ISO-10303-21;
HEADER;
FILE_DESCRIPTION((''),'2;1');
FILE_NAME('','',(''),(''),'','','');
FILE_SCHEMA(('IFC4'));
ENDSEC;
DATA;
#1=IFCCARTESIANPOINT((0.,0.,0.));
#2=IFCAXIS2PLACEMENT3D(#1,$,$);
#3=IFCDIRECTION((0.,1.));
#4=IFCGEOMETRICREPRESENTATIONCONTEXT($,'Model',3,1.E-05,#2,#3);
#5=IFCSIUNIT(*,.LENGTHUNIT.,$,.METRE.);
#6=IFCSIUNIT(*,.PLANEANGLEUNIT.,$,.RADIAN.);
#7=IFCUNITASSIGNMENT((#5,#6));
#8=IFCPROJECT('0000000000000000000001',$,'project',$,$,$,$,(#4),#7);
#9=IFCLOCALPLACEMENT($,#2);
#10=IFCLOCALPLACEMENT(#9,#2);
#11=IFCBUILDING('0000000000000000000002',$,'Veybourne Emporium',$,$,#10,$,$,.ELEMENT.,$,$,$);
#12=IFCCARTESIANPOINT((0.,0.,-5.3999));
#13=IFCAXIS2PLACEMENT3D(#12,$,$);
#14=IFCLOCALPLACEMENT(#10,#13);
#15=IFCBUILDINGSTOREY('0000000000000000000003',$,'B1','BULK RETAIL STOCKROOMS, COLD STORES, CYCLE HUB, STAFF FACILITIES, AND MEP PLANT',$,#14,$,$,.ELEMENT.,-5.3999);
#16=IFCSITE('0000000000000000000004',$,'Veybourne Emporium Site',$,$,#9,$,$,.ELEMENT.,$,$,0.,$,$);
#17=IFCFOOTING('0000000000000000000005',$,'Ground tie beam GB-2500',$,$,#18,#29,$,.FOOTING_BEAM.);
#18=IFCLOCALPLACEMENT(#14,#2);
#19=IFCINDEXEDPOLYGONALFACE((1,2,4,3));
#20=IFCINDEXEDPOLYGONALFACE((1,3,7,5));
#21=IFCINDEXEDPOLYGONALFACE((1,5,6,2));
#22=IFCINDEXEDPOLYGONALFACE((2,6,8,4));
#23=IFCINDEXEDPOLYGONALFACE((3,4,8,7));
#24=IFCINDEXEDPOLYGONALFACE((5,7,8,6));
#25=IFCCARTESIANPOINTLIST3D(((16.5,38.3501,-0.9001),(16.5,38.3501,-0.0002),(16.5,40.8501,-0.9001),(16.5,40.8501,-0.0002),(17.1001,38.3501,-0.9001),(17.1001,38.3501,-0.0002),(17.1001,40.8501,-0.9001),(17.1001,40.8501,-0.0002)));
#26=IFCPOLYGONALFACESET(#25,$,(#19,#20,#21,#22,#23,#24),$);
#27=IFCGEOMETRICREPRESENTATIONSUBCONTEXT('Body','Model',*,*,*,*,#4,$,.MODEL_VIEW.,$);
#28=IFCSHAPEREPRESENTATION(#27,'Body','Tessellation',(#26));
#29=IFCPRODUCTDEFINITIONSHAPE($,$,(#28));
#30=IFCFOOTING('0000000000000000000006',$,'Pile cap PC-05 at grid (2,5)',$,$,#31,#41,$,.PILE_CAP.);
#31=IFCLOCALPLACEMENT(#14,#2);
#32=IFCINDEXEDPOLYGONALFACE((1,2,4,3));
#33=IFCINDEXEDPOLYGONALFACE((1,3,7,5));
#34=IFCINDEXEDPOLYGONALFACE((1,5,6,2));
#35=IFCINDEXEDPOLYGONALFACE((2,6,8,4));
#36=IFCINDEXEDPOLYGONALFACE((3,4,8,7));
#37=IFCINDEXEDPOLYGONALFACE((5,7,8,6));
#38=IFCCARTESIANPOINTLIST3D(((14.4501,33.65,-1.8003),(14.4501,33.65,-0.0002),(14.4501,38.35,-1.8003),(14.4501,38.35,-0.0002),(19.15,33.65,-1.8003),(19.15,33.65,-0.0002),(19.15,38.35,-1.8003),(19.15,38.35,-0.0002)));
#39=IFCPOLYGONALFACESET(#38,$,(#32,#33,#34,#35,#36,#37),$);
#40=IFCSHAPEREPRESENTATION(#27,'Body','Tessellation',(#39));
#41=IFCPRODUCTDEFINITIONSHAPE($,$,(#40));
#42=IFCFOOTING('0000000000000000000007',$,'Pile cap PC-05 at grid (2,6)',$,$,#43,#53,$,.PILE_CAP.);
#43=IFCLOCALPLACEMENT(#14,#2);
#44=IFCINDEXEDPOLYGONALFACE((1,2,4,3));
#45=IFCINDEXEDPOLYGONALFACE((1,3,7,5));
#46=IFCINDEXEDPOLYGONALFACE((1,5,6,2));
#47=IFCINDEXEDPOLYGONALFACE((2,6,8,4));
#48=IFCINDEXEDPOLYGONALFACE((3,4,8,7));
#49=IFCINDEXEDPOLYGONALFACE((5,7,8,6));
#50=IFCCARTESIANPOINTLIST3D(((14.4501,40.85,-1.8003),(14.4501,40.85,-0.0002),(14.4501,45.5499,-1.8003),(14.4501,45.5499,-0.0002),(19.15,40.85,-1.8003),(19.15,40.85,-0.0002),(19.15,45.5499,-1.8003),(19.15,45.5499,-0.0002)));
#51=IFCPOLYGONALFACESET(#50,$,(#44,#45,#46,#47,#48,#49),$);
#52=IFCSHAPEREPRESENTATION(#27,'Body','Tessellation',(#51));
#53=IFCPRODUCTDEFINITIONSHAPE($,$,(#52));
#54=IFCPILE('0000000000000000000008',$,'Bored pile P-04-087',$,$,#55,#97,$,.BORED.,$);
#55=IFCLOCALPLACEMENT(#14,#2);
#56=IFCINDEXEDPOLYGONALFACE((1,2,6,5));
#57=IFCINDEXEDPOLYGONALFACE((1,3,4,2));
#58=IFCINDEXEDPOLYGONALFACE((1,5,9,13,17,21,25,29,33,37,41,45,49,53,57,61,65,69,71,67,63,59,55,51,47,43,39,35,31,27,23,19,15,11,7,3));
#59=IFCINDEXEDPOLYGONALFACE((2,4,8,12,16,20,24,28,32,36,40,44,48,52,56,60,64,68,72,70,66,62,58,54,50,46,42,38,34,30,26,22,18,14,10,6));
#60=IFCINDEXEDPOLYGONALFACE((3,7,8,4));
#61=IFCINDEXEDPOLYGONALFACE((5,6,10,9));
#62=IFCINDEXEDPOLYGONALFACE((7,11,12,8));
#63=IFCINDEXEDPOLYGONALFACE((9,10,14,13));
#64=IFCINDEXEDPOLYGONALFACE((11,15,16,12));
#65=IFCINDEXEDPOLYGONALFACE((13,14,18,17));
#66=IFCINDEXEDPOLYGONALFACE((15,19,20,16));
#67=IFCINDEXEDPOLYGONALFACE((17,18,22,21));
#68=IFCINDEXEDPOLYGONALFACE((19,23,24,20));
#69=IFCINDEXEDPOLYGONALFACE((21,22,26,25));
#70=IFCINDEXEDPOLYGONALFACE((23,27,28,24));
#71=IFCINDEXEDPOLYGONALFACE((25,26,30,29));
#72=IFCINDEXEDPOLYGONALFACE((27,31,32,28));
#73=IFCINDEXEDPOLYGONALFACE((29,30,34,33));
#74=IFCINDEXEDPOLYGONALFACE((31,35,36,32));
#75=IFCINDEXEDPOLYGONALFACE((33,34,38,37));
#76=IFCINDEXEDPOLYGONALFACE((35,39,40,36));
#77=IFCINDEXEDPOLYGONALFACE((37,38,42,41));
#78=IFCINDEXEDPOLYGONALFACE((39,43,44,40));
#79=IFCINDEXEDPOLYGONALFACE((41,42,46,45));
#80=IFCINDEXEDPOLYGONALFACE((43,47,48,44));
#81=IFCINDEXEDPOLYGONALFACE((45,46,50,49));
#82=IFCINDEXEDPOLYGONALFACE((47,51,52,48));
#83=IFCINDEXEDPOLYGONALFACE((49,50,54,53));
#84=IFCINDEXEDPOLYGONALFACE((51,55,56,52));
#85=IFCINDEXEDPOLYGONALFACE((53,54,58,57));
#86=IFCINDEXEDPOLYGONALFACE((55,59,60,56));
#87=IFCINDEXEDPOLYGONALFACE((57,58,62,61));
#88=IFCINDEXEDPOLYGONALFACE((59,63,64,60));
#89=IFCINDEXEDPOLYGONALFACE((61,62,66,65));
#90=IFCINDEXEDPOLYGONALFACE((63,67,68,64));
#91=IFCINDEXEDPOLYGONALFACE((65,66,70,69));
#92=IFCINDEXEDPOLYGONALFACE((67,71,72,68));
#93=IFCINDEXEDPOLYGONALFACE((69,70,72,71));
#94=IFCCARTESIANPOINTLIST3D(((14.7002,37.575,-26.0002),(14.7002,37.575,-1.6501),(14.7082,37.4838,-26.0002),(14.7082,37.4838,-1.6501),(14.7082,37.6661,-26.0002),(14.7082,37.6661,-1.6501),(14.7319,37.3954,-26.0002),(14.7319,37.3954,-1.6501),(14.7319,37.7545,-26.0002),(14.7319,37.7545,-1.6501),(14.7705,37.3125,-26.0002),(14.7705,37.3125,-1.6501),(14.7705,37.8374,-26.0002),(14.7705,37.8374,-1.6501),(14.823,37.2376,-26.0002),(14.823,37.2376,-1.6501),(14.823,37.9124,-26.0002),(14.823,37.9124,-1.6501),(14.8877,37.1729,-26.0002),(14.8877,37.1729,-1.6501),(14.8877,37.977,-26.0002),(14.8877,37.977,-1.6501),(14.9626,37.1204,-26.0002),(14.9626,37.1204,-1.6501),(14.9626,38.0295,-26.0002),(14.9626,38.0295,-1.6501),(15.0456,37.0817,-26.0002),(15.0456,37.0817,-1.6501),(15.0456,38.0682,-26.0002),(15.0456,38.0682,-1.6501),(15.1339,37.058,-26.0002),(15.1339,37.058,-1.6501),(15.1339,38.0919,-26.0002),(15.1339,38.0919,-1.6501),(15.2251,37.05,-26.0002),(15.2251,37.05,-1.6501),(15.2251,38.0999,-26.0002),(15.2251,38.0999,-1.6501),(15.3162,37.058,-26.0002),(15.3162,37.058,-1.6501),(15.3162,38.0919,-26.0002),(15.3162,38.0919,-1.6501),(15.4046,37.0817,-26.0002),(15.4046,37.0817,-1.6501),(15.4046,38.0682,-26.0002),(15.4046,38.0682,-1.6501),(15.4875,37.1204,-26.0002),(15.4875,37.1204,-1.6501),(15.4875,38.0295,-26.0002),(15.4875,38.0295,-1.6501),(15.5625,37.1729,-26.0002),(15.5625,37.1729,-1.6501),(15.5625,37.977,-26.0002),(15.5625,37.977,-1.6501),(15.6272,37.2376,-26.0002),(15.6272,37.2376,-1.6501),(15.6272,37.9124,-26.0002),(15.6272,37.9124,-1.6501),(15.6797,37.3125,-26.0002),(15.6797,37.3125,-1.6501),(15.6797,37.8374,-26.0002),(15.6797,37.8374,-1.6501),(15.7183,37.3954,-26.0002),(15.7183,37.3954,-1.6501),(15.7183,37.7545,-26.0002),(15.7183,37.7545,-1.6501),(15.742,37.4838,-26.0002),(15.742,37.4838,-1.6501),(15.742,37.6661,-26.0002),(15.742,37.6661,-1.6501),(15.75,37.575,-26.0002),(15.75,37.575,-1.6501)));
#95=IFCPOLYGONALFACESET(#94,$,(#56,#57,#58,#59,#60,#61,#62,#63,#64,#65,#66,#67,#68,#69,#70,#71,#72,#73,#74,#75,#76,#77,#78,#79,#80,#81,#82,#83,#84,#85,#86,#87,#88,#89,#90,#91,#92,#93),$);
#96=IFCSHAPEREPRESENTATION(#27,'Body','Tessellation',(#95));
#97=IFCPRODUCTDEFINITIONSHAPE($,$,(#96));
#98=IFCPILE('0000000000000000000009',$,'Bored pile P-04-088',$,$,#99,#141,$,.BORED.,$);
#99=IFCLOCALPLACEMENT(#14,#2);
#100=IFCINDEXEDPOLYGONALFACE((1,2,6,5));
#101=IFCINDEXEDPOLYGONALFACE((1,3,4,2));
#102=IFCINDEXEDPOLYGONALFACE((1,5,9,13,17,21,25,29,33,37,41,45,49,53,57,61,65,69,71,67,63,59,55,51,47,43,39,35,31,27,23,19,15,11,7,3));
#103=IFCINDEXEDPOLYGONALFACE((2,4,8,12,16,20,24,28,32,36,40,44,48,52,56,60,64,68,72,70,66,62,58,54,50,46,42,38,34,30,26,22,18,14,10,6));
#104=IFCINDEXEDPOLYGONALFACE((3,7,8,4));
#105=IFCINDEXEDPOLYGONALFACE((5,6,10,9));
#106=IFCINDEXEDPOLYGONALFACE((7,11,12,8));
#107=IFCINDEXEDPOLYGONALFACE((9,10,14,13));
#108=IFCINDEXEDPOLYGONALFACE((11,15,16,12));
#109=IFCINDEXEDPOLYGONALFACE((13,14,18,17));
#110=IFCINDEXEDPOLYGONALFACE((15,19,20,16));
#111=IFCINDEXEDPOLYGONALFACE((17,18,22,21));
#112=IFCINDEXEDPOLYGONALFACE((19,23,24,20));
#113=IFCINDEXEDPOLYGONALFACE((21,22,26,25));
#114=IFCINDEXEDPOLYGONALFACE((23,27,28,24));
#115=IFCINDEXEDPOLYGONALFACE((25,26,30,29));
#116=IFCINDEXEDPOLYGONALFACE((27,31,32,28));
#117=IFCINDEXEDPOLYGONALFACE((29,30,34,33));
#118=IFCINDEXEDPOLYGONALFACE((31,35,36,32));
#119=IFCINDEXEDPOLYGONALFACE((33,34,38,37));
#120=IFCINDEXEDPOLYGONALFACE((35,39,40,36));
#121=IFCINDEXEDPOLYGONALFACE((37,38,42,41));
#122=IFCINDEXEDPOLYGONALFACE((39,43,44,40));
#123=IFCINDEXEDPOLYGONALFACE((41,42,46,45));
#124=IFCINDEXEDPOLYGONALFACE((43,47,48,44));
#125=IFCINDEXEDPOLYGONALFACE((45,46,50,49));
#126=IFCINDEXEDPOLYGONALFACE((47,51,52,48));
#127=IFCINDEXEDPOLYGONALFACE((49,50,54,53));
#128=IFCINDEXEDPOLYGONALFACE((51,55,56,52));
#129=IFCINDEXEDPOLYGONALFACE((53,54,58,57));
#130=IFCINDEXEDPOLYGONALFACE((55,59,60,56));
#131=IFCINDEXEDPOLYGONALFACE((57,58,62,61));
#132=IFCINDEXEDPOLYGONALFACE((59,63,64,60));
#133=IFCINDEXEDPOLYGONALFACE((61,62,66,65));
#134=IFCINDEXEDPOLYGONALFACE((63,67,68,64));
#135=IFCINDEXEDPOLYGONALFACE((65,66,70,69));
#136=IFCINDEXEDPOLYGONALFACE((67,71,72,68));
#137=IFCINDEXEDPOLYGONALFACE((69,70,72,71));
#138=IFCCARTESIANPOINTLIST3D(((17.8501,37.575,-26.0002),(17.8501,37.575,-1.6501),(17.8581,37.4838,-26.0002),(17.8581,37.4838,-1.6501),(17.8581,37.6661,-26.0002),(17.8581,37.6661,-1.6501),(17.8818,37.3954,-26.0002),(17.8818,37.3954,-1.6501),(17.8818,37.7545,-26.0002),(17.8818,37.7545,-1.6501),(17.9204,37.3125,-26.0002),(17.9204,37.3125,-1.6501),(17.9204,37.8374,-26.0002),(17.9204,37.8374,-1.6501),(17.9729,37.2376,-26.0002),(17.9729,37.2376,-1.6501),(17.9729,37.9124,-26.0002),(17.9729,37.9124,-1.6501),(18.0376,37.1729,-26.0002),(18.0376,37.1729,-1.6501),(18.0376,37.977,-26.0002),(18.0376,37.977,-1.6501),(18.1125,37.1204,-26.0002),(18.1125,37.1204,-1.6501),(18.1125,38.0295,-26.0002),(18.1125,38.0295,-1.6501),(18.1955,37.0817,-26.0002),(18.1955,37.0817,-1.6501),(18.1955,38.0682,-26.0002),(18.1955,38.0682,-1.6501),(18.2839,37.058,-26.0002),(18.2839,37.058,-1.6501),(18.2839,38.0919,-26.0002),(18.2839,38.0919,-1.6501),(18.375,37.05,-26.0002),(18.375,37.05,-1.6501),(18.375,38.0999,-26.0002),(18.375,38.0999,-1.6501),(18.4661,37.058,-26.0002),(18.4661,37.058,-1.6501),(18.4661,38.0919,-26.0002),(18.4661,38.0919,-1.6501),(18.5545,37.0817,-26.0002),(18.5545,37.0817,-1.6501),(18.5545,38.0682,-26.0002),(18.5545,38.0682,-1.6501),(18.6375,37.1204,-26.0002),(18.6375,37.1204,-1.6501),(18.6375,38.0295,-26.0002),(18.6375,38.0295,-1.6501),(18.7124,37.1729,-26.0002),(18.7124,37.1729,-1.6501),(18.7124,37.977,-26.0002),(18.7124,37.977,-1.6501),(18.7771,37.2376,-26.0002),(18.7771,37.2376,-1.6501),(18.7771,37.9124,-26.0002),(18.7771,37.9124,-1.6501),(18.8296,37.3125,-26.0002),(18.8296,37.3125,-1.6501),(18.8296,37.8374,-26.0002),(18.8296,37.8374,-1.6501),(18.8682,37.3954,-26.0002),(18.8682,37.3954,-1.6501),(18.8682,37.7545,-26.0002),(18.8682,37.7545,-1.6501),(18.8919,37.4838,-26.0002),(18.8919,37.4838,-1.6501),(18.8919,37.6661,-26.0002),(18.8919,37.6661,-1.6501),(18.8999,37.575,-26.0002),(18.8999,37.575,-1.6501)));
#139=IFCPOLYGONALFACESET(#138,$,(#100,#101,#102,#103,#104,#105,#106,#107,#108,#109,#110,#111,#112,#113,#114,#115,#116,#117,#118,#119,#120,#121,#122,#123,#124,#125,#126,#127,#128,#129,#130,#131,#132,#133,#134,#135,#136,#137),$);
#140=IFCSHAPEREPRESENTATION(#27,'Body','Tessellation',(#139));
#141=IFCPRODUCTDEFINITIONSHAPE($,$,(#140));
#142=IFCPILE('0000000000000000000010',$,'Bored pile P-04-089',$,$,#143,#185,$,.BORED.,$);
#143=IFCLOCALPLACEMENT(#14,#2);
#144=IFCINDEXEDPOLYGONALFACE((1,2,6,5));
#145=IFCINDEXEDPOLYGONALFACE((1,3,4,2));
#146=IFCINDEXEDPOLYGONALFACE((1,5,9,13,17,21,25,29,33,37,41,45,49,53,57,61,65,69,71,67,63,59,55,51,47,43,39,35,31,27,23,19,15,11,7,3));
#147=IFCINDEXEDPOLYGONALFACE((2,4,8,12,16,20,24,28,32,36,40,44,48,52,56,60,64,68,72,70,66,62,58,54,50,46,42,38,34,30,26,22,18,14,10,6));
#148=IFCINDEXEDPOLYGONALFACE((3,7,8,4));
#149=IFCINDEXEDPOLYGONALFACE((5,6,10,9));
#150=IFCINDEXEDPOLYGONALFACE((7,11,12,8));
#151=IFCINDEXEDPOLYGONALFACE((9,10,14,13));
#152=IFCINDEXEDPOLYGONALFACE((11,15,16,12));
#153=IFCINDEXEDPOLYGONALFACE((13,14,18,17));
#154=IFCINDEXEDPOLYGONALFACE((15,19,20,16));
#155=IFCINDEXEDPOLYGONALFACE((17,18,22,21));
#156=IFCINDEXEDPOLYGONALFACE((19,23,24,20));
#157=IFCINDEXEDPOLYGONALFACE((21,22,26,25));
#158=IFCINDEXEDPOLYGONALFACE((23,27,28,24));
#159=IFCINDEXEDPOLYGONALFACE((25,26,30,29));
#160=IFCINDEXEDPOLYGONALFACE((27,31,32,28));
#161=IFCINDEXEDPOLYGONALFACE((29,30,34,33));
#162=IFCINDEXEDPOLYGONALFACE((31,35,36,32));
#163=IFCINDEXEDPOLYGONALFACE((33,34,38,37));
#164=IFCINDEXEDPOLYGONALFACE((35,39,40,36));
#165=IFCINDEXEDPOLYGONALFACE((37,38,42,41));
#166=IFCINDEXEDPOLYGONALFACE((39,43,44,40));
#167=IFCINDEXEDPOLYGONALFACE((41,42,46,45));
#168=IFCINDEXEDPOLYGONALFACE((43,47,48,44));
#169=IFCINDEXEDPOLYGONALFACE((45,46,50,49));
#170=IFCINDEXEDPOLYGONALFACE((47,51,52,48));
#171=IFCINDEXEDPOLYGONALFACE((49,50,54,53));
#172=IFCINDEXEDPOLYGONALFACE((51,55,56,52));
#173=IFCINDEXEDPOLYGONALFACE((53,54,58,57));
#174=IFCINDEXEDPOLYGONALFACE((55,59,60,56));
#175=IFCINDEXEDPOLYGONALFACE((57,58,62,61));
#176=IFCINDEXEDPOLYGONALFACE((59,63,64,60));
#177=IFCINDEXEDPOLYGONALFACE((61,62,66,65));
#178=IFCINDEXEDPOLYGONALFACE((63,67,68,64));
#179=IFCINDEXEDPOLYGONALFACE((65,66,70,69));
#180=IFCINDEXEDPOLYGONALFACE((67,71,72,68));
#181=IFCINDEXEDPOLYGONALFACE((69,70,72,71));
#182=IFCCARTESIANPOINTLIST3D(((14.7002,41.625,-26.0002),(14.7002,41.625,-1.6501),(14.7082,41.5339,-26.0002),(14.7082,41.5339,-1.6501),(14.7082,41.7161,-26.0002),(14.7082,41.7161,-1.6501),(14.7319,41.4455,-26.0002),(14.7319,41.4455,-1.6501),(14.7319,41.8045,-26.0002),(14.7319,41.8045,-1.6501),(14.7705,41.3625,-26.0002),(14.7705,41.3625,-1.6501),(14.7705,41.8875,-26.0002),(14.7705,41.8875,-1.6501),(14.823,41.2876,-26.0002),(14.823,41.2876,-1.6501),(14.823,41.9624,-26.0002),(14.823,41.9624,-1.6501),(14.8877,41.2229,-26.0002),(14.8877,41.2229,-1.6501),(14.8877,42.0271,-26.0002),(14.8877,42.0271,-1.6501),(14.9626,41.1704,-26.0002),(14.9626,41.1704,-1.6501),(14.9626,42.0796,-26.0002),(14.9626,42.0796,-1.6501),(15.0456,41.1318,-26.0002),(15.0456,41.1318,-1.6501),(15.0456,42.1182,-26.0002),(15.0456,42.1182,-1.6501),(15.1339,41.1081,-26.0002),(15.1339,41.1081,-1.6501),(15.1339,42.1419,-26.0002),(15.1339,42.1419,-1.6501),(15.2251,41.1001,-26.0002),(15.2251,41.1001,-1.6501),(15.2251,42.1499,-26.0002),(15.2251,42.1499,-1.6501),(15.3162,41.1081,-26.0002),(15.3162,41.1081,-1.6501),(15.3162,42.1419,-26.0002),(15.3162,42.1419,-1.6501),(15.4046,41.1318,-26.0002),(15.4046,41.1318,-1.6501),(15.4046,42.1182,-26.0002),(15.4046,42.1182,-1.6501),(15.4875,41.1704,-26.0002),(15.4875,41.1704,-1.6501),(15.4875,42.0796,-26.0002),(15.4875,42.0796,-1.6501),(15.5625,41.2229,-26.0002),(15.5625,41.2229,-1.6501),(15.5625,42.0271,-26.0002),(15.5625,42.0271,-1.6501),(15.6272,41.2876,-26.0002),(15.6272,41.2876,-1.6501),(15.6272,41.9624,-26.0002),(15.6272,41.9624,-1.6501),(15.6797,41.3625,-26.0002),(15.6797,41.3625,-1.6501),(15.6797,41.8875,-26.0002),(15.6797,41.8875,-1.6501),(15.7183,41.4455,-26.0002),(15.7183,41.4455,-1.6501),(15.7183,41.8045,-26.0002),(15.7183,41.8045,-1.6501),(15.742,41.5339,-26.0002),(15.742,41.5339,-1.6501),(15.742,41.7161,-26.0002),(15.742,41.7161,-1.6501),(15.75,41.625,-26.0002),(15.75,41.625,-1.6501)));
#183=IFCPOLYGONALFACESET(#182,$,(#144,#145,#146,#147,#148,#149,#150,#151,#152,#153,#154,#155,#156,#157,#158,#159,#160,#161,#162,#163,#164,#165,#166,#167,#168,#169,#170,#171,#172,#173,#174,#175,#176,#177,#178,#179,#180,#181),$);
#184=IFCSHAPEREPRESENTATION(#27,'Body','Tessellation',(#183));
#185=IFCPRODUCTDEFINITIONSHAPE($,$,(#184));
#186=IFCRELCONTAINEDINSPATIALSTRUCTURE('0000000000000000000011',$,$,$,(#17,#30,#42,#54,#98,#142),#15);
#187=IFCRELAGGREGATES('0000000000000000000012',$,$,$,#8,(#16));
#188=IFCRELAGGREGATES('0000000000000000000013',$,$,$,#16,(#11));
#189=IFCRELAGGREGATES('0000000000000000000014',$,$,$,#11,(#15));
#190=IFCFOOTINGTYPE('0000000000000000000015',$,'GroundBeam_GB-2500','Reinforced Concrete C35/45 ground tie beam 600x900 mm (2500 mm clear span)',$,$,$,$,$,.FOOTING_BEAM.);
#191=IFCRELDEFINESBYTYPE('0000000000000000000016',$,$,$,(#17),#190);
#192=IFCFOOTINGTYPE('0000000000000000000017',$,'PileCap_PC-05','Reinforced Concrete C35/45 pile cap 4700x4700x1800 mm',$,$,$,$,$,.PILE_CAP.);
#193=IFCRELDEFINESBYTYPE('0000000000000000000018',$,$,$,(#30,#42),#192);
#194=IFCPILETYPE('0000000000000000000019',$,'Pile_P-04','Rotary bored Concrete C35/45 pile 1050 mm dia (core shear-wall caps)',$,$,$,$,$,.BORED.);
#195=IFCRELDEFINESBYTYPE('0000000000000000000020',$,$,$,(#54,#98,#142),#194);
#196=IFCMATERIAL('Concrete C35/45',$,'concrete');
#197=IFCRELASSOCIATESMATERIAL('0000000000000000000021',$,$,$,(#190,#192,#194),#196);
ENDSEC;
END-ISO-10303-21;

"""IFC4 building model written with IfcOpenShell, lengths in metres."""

from ifc_helpers import new_model, si_unit, direction, frame, origin, origin_2d, place, context, subcontext, project, spatial, rectangle, circle, extrude, material, material_profile, profile_set, type_object, element, save


model = new_model("IFC4")

# Units and contexts
model_context = context("Model", 3, precision=1e-05, world=origin(), true_north=direction((0.0, 1.0)))
body_context = subcontext(model_context, "Body", "Model", "MODEL_VIEW")
ifc_project = project(units=[si_unit("LENGTHUNIT", "METRE"), si_unit("PLANEANGLEUNIT", "RADIAN")], contexts=[model_context])

# Site, building, storey
site_placement = place(None, origin())
site = spatial("IfcSite", under=ifc_project, at=site_placement, Name="Veybourne Emporium Site", CompositionType="ELEMENT", RefElevation=0.0)
building_placement = place(site_placement, origin())
building = spatial("IfcBuilding", under=site, at=building_placement, Name="Veybourne Emporium", CompositionType="ELEMENT")
storey_placement = place(building_placement, frame((0.0, 0.0, -5.3999)))
storey = spatial("IfcBuildingStorey", under=building, at=storey_placement, Name="B1", Description="BULK RETAIL STOCKROOMS, COLD STORES, CYCLE HUB, STAFF FACILITIES, AND MEP PLANT", CompositionType="ELEMENT", Elevation=-5.3999)

# Footings
ifc_material_1 = material(Name="Concrete C35/45", Category="concrete")
footing_type_1 = type_object("IfcFootingType", Name="GroundBeam_GB-2500", Description="Reinforced Concrete C35/45 ground tie beam 600x900 mm (2500 mm clear span)", PredefinedType="FOOTING_BEAM", material=ifc_material_1)
footing_placement = place(storey_placement, frame((16.8, 39.6001, -0.9001), z_axis=(0.0, 0.0, 1.0), x_axis=(0.0, 1.0, 0.0)))
element("IfcFooting", 1, at=footing_placement, inside=storey, type_object=footing_type_1, Name="Ground tie beam GB-2500", PredefinedType="FOOTING_BEAM", context=body_context, shape_type="SweptSolid", body=[
    extrude(rectangle(XDim=2.5, YDim=0.6001, at=origin_2d()), origin(), (0.0, 0.0, 1.0), 0.8999),
])
footing_type_2 = type_object("IfcFootingType", Name="PileCap_PC-05", Description="Reinforced Concrete C35/45 pile cap 4700x4700x1800 mm", PredefinedType="PILE_CAP", material=ifc_material_1)
for number, where, z_axis, x_axis, name in (
    (2, (16.8, 36.0, -1.8003), (0.0, 0.0, 1.0), (1.0, 0.0, 0.0), "Pile cap PC-05 at grid (2,5)"),
    (3, (16.8, 43.2, -1.8003), (0.0, 0.0, 1.0), (1.0, 0.0, 0.0), "Pile cap PC-05 at grid (2,6)"),
):
    element("IfcFooting", number, at=place(storey_placement, frame(where, z_axis=z_axis, x_axis=x_axis)), inside=storey, type_object=footing_type_2, Name=name, PredefinedType="PILE_CAP", context=body_context, shape_type="SweptSolid", body=[
        extrude(rectangle(XDim=4.7, YDim=4.7, at=origin_2d()), origin(), (0.0, 0.0, 1.0), 1.8),
    ])

# Piles
ifc_material_profile_1 = material_profile(ifc_material_1, circle(Radius=0.5249, at=origin_2d()), Name="BORED PILE 1050")
ifc_profile_set_1 = profile_set([ifc_material_profile_1], Name="Concrete C35/45")
pile_type = type_object("IfcPileType", Name="Pile_P-04", Description="Rotary bored Concrete C35/45 pile 1050 mm dia (core shear-wall caps)", PredefinedType="BORED", material=ifc_profile_set_1)
for number, where, z_axis, x_axis, name in (
    (4, (15.2251, 37.575, -1.6501), (0.0, 0.0, -1.0), (1.0, 0.0, 0.0), "Bored pile P-04-087"),
    (5, (18.375, 37.575, -1.6501), (0.0, 0.0, -1.0), (1.0, 0.0, 0.0), "Bored pile P-04-088"),
    (6, (15.2251, 41.625, -1.6501), (0.0, 0.0, -1.0), (1.0, 0.0, 0.0), "Bored pile P-04-089"),
):
    element("IfcPile", number, at=place(storey_placement, frame(where, z_axis=z_axis, x_axis=x_axis)), inside=storey, type_object=pile_type, Name=name, PredefinedType="BORED", context=body_context, shape_type="SweptSolid", body=[
        extrude(circle(Radius=0.5249, at=origin_2d()), origin(), (0.0, 0.0, 1.0), 24.3501),
    ])

save(model, "model.ifc")
